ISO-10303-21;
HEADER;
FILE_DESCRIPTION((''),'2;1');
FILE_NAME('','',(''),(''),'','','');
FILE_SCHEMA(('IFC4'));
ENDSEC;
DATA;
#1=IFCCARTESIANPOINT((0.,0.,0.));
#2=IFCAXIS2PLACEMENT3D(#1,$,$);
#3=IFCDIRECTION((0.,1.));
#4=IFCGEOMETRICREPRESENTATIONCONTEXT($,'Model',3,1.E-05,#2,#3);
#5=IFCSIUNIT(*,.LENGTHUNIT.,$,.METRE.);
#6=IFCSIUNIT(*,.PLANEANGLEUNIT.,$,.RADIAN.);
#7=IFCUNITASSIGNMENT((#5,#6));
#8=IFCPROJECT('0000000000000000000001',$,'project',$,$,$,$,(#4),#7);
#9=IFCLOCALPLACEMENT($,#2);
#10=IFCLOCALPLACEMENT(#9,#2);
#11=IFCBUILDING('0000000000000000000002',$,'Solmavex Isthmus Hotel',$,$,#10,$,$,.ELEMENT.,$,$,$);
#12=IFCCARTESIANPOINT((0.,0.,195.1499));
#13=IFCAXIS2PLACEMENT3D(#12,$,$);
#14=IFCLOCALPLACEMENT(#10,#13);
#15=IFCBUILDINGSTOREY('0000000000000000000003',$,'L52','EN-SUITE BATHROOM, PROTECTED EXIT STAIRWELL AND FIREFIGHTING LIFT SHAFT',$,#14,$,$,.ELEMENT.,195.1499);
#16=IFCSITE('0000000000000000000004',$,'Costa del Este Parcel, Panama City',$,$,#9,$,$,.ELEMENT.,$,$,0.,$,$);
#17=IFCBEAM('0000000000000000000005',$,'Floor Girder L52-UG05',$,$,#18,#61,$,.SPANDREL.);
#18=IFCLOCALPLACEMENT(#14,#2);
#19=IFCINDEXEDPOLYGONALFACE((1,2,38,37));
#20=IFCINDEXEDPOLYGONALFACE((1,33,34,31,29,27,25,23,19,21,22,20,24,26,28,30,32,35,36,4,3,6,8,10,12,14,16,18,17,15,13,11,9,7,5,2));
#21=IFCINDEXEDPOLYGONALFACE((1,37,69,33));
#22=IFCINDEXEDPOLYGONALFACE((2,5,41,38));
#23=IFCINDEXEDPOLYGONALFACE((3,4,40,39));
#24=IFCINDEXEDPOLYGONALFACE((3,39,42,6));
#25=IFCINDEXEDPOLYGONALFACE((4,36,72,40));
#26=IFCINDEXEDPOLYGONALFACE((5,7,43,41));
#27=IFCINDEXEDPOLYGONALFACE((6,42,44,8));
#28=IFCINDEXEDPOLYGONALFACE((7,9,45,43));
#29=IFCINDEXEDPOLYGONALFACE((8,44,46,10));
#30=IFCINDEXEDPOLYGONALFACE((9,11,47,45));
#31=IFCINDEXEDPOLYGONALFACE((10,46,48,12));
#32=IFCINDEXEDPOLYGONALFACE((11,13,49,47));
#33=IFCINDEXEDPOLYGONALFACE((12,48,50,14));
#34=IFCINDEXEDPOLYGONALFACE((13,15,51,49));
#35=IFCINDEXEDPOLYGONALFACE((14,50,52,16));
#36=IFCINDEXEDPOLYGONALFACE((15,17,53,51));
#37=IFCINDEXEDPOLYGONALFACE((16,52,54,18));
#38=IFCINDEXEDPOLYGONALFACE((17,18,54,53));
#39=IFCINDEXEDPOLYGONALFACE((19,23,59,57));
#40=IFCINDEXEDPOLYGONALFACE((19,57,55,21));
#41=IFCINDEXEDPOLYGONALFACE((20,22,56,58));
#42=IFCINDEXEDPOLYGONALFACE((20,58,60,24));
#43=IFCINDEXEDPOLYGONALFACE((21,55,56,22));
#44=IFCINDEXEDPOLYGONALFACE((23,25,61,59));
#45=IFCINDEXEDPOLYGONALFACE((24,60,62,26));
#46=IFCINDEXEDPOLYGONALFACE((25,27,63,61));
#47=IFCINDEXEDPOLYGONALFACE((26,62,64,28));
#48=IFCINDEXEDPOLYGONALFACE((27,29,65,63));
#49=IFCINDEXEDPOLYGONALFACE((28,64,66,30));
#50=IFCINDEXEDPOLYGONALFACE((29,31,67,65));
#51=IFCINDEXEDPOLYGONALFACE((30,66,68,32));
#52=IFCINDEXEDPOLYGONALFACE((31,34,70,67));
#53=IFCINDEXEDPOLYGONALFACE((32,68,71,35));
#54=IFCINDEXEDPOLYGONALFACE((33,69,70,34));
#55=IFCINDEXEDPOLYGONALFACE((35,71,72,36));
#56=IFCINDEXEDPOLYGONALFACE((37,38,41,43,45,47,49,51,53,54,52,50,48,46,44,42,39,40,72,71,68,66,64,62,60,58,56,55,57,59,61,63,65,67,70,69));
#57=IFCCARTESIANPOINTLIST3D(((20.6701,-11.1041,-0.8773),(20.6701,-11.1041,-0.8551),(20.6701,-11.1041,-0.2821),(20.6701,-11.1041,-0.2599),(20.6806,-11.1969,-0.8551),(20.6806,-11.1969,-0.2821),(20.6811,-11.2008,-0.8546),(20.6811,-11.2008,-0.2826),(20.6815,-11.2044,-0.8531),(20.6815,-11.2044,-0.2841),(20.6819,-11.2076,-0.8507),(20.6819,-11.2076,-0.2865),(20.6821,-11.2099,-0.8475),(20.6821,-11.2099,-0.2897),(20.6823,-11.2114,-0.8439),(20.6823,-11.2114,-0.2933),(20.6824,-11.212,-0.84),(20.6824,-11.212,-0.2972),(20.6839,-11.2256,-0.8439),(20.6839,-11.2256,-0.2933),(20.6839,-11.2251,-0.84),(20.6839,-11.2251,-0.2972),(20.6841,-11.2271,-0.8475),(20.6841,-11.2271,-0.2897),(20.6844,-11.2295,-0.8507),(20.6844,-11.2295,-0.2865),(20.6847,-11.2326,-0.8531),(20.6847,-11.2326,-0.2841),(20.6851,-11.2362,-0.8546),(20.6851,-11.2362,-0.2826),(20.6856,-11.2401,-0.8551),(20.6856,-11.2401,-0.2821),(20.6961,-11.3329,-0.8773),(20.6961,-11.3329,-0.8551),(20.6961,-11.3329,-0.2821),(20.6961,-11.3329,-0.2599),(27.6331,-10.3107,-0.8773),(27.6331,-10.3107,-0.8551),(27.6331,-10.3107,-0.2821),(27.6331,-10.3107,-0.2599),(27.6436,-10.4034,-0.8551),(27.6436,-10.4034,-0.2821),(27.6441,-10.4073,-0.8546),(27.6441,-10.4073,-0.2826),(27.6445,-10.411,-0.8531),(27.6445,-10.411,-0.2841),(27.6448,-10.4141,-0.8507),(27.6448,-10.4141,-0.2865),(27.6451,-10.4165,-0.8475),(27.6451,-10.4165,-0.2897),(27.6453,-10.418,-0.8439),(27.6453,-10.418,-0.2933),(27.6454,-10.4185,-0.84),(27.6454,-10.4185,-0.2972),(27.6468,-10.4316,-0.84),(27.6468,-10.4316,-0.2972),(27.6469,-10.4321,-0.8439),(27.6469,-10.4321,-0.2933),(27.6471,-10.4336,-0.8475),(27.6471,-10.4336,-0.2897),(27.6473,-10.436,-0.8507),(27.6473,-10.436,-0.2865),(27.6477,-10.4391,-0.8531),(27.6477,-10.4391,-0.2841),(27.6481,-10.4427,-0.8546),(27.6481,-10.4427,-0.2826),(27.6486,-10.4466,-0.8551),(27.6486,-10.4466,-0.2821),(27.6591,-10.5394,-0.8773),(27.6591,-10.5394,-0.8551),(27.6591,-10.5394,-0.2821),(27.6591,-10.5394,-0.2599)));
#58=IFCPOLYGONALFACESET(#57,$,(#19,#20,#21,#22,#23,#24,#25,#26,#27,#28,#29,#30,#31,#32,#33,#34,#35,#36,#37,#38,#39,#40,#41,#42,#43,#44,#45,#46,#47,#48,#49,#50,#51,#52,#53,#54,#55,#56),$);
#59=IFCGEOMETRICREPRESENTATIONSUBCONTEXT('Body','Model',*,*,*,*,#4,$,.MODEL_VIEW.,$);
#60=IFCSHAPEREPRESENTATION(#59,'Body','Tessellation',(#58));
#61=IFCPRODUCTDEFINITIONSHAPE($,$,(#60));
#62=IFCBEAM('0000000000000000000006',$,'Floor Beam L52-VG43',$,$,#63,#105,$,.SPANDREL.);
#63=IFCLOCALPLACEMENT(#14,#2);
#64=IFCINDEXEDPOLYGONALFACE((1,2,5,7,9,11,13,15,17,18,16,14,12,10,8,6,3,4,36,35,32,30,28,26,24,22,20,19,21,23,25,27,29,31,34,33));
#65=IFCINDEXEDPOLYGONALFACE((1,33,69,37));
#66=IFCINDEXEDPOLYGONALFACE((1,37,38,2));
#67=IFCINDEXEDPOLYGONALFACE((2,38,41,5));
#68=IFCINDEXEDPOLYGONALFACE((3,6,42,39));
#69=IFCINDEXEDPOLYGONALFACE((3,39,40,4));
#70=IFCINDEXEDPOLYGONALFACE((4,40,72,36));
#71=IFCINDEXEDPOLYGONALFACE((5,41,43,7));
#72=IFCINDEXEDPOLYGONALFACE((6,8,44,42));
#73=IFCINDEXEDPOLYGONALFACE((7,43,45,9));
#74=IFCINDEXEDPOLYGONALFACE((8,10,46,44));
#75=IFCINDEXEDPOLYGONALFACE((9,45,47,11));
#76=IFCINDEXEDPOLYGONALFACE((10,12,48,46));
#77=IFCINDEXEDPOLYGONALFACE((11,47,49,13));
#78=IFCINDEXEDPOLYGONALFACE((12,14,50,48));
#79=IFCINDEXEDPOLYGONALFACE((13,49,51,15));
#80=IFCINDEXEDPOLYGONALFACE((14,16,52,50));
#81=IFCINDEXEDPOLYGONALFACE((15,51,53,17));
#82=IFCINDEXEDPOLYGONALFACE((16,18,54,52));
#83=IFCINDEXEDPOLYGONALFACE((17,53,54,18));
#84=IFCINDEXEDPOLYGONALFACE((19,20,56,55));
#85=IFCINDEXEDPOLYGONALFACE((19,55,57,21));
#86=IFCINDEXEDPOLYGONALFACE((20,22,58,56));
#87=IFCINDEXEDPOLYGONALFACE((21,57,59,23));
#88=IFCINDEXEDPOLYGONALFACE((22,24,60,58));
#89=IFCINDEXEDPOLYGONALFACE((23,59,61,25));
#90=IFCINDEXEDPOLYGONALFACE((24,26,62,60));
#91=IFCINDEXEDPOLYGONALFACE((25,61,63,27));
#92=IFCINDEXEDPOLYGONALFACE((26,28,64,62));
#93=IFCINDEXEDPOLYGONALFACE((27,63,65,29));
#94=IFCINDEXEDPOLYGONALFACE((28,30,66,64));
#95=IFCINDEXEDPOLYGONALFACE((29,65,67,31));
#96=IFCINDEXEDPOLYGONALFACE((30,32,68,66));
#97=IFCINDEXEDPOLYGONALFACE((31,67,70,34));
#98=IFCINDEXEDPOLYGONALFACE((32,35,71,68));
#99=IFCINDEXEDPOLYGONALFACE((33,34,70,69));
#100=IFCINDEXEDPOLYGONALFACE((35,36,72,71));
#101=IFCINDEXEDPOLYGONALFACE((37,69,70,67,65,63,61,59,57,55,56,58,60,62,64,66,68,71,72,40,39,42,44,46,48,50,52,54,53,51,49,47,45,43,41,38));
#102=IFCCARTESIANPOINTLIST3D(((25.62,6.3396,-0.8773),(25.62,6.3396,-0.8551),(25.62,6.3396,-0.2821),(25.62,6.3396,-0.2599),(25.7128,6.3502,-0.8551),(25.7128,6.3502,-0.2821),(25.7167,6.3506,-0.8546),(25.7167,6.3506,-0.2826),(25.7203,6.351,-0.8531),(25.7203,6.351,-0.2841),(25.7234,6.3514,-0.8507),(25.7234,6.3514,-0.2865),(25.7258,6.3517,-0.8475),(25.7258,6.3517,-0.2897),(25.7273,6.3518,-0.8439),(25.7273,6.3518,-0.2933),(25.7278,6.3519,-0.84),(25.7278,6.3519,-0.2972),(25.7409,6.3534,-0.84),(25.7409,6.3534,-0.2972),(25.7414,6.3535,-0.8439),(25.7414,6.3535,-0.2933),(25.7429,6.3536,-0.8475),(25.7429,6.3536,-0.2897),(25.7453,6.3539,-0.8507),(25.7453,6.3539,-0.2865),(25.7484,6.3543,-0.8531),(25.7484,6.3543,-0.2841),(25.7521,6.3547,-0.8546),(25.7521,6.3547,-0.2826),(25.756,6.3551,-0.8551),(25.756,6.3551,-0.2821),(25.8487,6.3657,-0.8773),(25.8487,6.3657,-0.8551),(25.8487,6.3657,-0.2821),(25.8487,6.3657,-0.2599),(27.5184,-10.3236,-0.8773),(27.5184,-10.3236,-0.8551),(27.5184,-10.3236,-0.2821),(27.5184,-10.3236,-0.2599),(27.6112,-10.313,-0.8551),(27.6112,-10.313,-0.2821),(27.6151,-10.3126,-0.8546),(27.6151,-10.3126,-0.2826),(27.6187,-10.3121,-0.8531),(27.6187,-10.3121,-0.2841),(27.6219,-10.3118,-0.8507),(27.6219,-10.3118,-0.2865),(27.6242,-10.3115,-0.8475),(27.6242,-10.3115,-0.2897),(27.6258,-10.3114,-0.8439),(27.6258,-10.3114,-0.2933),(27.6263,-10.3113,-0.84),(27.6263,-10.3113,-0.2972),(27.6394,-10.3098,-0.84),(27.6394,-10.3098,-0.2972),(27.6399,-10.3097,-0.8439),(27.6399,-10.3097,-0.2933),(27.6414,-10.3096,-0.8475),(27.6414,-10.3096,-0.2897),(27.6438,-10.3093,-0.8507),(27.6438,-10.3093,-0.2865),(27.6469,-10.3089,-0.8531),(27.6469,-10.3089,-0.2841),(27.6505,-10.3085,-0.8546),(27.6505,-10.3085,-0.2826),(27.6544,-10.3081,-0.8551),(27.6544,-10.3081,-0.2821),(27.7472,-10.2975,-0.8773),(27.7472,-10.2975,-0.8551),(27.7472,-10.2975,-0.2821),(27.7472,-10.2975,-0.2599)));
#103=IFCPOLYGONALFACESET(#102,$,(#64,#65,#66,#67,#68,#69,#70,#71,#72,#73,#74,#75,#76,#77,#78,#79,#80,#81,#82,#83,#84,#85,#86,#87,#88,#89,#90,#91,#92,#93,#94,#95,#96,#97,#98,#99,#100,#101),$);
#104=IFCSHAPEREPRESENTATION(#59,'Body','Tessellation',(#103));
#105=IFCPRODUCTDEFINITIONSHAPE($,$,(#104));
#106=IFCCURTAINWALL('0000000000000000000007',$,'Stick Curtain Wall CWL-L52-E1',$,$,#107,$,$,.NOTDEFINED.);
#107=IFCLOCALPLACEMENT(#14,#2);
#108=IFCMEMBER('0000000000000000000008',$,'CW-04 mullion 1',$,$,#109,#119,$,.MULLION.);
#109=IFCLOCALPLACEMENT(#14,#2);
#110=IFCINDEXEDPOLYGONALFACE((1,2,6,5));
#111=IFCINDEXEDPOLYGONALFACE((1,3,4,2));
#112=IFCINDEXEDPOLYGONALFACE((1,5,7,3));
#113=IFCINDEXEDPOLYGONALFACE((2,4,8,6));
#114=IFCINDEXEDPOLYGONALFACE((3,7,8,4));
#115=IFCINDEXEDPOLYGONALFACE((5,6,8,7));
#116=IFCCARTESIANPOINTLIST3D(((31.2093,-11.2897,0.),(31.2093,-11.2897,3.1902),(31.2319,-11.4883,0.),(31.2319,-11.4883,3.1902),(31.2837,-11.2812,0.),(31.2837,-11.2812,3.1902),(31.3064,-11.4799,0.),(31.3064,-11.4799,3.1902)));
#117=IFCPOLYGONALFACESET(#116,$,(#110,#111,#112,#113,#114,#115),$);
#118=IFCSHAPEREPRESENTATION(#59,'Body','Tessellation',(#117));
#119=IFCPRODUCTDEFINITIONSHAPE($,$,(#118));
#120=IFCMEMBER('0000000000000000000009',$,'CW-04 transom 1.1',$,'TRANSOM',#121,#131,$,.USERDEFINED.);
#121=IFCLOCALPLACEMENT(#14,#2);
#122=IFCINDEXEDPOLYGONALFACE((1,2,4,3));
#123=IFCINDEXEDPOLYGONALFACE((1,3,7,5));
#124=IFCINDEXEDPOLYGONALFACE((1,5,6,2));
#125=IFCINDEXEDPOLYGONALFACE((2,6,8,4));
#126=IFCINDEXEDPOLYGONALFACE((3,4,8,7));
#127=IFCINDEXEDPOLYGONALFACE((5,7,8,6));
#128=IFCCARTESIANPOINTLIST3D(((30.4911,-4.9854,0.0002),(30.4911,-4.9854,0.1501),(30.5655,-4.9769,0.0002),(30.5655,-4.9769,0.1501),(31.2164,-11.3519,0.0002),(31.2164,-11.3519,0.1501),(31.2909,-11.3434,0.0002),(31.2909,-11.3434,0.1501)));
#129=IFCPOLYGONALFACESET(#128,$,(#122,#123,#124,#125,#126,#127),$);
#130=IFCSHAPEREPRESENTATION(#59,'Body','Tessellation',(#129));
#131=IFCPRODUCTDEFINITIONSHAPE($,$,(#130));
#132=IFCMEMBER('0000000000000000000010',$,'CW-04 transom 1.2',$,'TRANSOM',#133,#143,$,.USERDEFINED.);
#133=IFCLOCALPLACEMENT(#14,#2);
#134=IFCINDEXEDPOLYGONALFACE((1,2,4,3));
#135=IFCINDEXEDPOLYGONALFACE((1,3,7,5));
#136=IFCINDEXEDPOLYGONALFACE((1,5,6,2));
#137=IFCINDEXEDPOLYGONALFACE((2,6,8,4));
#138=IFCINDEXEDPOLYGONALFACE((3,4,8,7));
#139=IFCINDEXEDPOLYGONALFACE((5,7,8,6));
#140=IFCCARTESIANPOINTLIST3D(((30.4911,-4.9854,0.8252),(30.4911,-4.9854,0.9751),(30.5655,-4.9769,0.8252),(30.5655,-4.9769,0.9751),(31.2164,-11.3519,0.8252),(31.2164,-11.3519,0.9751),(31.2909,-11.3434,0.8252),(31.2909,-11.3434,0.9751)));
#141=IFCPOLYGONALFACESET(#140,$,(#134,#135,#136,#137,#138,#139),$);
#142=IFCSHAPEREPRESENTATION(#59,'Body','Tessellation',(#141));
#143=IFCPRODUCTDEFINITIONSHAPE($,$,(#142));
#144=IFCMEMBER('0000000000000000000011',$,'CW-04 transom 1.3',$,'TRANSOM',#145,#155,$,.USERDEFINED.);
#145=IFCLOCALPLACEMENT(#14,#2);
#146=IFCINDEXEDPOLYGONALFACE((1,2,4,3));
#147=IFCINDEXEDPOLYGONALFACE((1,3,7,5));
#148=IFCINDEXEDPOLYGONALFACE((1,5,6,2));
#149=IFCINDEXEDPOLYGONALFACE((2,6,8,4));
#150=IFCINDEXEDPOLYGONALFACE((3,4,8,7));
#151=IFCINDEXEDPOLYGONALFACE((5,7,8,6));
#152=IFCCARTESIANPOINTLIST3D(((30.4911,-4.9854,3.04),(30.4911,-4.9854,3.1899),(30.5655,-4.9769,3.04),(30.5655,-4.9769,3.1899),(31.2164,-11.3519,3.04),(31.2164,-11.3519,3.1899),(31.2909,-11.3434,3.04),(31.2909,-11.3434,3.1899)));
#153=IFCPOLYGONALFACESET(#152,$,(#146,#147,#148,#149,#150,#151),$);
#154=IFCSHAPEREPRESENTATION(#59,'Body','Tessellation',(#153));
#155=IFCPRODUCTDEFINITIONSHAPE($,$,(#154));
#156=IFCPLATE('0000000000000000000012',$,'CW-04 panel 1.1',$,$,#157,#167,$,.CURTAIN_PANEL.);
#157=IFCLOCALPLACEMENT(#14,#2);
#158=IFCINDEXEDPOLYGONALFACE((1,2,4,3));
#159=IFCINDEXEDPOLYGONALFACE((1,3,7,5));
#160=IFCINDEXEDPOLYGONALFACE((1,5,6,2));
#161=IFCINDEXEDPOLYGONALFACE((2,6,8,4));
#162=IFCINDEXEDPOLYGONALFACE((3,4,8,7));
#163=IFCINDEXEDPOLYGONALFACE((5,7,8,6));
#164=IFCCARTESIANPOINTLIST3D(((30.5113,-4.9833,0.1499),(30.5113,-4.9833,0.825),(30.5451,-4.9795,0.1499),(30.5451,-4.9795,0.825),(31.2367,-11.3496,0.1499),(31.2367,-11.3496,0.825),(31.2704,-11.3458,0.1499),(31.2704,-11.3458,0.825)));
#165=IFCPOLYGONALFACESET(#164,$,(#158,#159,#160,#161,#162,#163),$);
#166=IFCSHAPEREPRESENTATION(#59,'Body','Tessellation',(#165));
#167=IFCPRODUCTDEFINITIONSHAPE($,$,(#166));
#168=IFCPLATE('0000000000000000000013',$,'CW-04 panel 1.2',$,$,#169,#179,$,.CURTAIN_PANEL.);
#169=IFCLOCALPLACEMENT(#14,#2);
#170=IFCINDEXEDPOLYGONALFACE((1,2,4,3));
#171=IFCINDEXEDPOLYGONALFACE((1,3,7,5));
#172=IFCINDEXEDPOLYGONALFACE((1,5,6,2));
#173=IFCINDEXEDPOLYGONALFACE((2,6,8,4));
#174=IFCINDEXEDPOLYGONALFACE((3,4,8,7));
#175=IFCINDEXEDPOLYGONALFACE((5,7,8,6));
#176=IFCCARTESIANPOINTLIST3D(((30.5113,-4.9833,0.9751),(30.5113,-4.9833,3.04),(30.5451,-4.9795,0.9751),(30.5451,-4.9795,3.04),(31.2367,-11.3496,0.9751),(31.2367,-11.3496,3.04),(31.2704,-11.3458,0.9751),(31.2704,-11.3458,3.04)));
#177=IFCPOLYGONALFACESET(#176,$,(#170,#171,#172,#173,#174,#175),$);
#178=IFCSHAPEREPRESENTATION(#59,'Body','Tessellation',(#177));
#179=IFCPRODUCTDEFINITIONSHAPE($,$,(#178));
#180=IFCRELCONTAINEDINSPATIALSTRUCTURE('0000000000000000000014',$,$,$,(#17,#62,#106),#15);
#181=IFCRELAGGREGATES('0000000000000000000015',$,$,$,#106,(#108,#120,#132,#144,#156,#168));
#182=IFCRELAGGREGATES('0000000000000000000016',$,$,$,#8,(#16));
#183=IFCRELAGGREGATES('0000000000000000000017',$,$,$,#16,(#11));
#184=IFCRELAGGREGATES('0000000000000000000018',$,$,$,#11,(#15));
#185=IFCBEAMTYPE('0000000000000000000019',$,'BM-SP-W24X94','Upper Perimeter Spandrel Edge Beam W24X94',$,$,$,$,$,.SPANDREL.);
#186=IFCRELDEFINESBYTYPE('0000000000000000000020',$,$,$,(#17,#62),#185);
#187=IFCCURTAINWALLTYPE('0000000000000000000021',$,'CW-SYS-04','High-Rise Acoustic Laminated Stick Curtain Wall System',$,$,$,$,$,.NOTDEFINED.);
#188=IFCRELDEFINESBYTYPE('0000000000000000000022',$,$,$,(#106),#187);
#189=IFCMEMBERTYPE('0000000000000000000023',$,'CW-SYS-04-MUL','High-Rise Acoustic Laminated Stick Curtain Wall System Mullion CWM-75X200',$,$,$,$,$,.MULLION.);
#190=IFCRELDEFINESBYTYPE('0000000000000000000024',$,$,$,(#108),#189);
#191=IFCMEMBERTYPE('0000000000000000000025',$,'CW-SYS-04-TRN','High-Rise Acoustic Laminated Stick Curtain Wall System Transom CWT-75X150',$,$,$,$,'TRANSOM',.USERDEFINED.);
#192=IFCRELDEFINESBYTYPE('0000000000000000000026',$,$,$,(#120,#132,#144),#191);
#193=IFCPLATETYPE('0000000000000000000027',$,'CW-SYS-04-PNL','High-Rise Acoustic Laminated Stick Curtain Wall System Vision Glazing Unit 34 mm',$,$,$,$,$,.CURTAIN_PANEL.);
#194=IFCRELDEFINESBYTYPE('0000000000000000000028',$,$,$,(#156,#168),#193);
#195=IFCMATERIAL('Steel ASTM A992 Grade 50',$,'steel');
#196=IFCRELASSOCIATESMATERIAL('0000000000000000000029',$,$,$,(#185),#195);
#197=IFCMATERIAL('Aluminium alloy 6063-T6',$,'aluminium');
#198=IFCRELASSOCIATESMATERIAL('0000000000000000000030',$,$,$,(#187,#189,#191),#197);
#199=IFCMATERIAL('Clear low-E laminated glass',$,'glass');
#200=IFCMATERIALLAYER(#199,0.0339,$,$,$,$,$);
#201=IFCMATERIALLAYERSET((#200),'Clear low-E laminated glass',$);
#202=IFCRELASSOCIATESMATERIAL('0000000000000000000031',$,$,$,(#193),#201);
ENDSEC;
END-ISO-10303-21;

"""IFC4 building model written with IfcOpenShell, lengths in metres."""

from ifc_helpers import new_model, si_unit, direction, frame, origin, origin_2d, place, context, subcontext, project, spatial, rectangle, i_section, extrude, material, layer, layer_set, material_profile, profile_set, type_object, element, aggregate, save


model = new_model("IFC4")

# Units and contexts
model_context = context("Model", 3, precision=1e-05, world=origin(), true_north=direction((0.0, 1.0)))
body_context = subcontext(model_context, "Body", "Model", "MODEL_VIEW")
ifc_project = project(units=[si_unit("LENGTHUNIT", "METRE"), si_unit("PLANEANGLEUNIT", "RADIAN")], contexts=[model_context])

# Site, building, storey
site_placement = place(None, origin())
site = spatial("IfcSite", under=ifc_project, at=site_placement, Name="Costa del Este Parcel, Panama City", CompositionType="ELEMENT", RefElevation=0.0)
building_placement = place(site_placement, origin())
building = spatial("IfcBuilding", under=site, at=building_placement, Name="Solmavex Isthmus Hotel", CompositionType="ELEMENT")
storey_placement = place(building_placement, frame((0.0, 0.0, 195.1499)))
storey = spatial("IfcBuildingStorey", under=building, at=storey_placement, Name="L52", Description="EN-SUITE BATHROOM, PROTECTED EXIT STAIRWELL AND FIREFIGHTING LIFT SHAFT", CompositionType="ELEMENT", Elevation=195.1499)

# Beams
ifc_material_1 = material(Name="Steel ASTM A992 Grade 50", Category="steel")
ifc_material_profile_1 = material_profile(ifc_material_1, i_section(OverallWidth=0.2302, OverallDepth=0.6174, WebThickness=0.0132, FlangeThickness=0.0222, FilletRadius=0.0151, at=origin_2d()), Name="W24X94")
ifc_profile_set_1 = profile_set([ifc_material_profile_1], Name="Steel ASTM A992 Grade 50")
beam_type_1 = type_object("IfcBeamType", Name="BM-SP-W24X94", Description="Upper Perimeter Spandrel Edge Beam W24X94", PredefinedType="SPANDREL", material=ifc_profile_set_1)
beam_1_placement = place(storey_placement, frame((20.6831, -11.2185, -0.5686), z_axis=(0.99357, 0.113222, 0.0), x_axis=(-0.113222, 0.99357, 0.0)))
element("IfcBeam", 1, at=beam_1_placement, inside=storey, type_object=beam_type_1, Name="Floor Girder L52-UG05", PredefinedType="SPANDREL", context=body_context, shape_type="SweptSolid", body=[
    extrude(i_section(OverallWidth=0.2302, OverallDepth=0.6174, WebThickness=0.0132, FlangeThickness=0.0222, FilletRadius=0.0151, at=origin_2d()), origin(), (0.0, 0.0, 1.0), 7.0081),
])
beam_2_placement = place(storey_placement, frame((27.6328, -10.3105, -0.5686), z_axis=(-0.113198, 0.993572, 0.0), x_axis=(-0.993572, -0.113198, 0.0)))
element("IfcBeam", 2, at=beam_2_placement, inside=storey, type_object=beam_type_1, Name="Floor Beam L52-VG43", PredefinedType="SPANDREL", context=body_context, shape_type="SweptSolid", body=[
    extrude(i_section(OverallWidth=0.2302, OverallDepth=0.6174, WebThickness=0.0132, FlangeThickness=0.0222, FilletRadius=0.0151, at=origin_2d()), origin(), (0.0, 0.0, 1.0), 16.771),
])

# Curtain wall, members, plates
ifc_material_2 = material(Name="Aluminium alloy 6063-T6", Category="aluminium")
curtain_wall_type = type_object("IfcCurtainWallType", Name="CW-SYS-04", Description="High-Rise Acoustic Laminated Stick Curtain Wall System", PredefinedType="NOTDEFINED", material=ifc_material_2)
curtain_wall_placement = place(storey_placement, origin())
curtain_wall = element("IfcCurtainWall", 3, at=curtain_wall_placement, inside=storey, type_object=curtain_wall_type, Name="Stick Curtain Wall CWL-L52-E1", PredefinedType="NOTDEFINED")
ifc_material_profile_2 = material_profile(ifc_material_2, rectangle(XDim=0.075, YDim=0.2, at=origin_2d()), Name="CWM-75X200")
ifc_profile_set_2 = profile_set([ifc_material_profile_2], Name="Aluminium alloy 6063-T6")
member_type_1 = type_object("IfcMemberType", Name="CW-SYS-04-MUL", Description="High-Rise Acoustic Laminated Stick Curtain Wall System Mullion CWM-75X200", PredefinedType="MULLION", material=ifc_profile_set_2)
member_1_placement = place(storey_placement, frame((31.2578, -11.3848, 0.0), z_axis=(0.0, 0.0, 1.0), x_axis=(-0.993572, -0.113203, 0.0)))
member_1 = element("IfcMember", 4, at=member_1_placement, type_object=member_type_1, Name="CW-04 mullion 1", PredefinedType="MULLION", context=body_context, shape_type="SweptSolid", body=[
    extrude(rectangle(XDim=0.075, YDim=0.2, at=origin_2d()), origin(), (0.0, 0.0, 1.0), 3.1902),
])
ifc_material_profile_3 = material_profile(ifc_material_2, rectangle(XDim=0.075, YDim=0.1499, at=origin_2d()), Name="CWT-75X150")
ifc_profile_set_3 = profile_set([ifc_material_profile_3], Name="Aluminium alloy 6063-T6")
member_type_2 = type_object("IfcMemberType", Name="CW-SYS-04-TRN", Description="High-Rise Acoustic Laminated Stick Curtain Wall System Transom CWT-75X150", ElementType="TRANSOM", PredefinedType="USERDEFINED", material=ifc_profile_set_3)
member_2_placement = place(storey_placement, frame((31.2537, -11.3477, 0.0752), z_axis=(-0.113199, 0.993572, 0.0), x_axis=(-0.993572, -0.113199, 0.0)))
member_2 = element("IfcMember", 5, at=member_2_placement, type_object=member_type_2, Name="CW-04 transom 1.1", ObjectType="TRANSOM", PredefinedType="USERDEFINED", context=body_context, shape_type="SweptSolid", body=[
    extrude(rectangle(XDim=0.075, YDim=0.1499, at=origin_2d()), origin(), (0.0, 0.0, 1.0), 6.4077),
])
member_3_placement = place(storey_placement, frame((31.2537, -11.3477, 0.9001), z_axis=(-0.113199, 0.993572, 0.0), x_axis=(-0.993572, -0.113199, 0.0)))
member_3 = element("IfcMember", 6, at=member_3_placement, type_object=member_type_2, Name="CW-04 transom 1.2", ObjectType="TRANSOM", PredefinedType="USERDEFINED", context=body_context, shape_type="SweptSolid", body=[
    extrude(rectangle(XDim=0.075, YDim=0.1499, at=origin_2d()), origin(), (0.0, 0.0, 1.0), 6.4077),
])
member_4_placement = place(storey_placement, frame((31.2537, -11.3477, 3.115), z_axis=(-0.113199, 0.993572, 0.0), x_axis=(-0.993572, -0.113199, 0.0)))
member_4 = element("IfcMember", 7, at=member_4_placement, type_object=member_type_2, Name="CW-04 transom 1.3", ObjectType="TRANSOM", PredefinedType="USERDEFINED", context=body_context, shape_type="SweptSolid", body=[
    extrude(rectangle(XDim=0.075, YDim=0.1499, at=origin_2d()), origin(), (0.0, 0.0, 1.0), 6.4077),
])
ifc_material_3 = material(Name="Clear low-E laminated glass", Category="glass")
ifc_layer_1 = layer(ifc_material_3, 0.0339)
ifc_layer_set_1 = layer_set([ifc_layer_1], Name="Clear low-E laminated glass")
plate_type = type_object("IfcPlateType", Name="CW-SYS-04-PNL", Description="High-Rise Acoustic Laminated Stick Curtain Wall System Vision Glazing Unit 34 mm", PredefinedType="CURTAIN_PANEL", material=ifc_layer_set_1)
plate_1_placement = place(storey_placement, frame((30.8909, -8.1646, 0.1499), z_axis=(0.0, 0.0, 1.0), x_axis=(-0.113203, 0.993572, 0.0)))
plate_1 = element("IfcPlate", 8, at=plate_1_placement, type_object=plate_type, Name="CW-04 panel 1.1", PredefinedType="CURTAIN_PANEL", context=body_context, shape_type="SweptSolid", body=[
    extrude(rectangle(XDim=6.4075, YDim=0.0339, at=origin_2d()), origin(), (0.0, 0.0, 1.0), 0.675),
])
plate_2_placement = place(storey_placement, frame((30.8909, -8.1646, 0.9751), z_axis=(0.0, 0.0, 1.0), x_axis=(-0.113203, 0.993572, 0.0)))
plate_2 = element("IfcPlate", 9, at=plate_2_placement, type_object=plate_type, Name="CW-04 panel 1.2", PredefinedType="CURTAIN_PANEL", context=body_context, shape_type="SweptSolid", body=[
    extrude(rectangle(XDim=6.4075, YDim=0.0339, at=origin_2d()), origin(), (0.0, 0.0, 1.0), 2.0649),
])
aggregate(curtain_wall, [member_1, member_2, member_3, member_4, plate_1, plate_2])

save(model, "model.ifc")
